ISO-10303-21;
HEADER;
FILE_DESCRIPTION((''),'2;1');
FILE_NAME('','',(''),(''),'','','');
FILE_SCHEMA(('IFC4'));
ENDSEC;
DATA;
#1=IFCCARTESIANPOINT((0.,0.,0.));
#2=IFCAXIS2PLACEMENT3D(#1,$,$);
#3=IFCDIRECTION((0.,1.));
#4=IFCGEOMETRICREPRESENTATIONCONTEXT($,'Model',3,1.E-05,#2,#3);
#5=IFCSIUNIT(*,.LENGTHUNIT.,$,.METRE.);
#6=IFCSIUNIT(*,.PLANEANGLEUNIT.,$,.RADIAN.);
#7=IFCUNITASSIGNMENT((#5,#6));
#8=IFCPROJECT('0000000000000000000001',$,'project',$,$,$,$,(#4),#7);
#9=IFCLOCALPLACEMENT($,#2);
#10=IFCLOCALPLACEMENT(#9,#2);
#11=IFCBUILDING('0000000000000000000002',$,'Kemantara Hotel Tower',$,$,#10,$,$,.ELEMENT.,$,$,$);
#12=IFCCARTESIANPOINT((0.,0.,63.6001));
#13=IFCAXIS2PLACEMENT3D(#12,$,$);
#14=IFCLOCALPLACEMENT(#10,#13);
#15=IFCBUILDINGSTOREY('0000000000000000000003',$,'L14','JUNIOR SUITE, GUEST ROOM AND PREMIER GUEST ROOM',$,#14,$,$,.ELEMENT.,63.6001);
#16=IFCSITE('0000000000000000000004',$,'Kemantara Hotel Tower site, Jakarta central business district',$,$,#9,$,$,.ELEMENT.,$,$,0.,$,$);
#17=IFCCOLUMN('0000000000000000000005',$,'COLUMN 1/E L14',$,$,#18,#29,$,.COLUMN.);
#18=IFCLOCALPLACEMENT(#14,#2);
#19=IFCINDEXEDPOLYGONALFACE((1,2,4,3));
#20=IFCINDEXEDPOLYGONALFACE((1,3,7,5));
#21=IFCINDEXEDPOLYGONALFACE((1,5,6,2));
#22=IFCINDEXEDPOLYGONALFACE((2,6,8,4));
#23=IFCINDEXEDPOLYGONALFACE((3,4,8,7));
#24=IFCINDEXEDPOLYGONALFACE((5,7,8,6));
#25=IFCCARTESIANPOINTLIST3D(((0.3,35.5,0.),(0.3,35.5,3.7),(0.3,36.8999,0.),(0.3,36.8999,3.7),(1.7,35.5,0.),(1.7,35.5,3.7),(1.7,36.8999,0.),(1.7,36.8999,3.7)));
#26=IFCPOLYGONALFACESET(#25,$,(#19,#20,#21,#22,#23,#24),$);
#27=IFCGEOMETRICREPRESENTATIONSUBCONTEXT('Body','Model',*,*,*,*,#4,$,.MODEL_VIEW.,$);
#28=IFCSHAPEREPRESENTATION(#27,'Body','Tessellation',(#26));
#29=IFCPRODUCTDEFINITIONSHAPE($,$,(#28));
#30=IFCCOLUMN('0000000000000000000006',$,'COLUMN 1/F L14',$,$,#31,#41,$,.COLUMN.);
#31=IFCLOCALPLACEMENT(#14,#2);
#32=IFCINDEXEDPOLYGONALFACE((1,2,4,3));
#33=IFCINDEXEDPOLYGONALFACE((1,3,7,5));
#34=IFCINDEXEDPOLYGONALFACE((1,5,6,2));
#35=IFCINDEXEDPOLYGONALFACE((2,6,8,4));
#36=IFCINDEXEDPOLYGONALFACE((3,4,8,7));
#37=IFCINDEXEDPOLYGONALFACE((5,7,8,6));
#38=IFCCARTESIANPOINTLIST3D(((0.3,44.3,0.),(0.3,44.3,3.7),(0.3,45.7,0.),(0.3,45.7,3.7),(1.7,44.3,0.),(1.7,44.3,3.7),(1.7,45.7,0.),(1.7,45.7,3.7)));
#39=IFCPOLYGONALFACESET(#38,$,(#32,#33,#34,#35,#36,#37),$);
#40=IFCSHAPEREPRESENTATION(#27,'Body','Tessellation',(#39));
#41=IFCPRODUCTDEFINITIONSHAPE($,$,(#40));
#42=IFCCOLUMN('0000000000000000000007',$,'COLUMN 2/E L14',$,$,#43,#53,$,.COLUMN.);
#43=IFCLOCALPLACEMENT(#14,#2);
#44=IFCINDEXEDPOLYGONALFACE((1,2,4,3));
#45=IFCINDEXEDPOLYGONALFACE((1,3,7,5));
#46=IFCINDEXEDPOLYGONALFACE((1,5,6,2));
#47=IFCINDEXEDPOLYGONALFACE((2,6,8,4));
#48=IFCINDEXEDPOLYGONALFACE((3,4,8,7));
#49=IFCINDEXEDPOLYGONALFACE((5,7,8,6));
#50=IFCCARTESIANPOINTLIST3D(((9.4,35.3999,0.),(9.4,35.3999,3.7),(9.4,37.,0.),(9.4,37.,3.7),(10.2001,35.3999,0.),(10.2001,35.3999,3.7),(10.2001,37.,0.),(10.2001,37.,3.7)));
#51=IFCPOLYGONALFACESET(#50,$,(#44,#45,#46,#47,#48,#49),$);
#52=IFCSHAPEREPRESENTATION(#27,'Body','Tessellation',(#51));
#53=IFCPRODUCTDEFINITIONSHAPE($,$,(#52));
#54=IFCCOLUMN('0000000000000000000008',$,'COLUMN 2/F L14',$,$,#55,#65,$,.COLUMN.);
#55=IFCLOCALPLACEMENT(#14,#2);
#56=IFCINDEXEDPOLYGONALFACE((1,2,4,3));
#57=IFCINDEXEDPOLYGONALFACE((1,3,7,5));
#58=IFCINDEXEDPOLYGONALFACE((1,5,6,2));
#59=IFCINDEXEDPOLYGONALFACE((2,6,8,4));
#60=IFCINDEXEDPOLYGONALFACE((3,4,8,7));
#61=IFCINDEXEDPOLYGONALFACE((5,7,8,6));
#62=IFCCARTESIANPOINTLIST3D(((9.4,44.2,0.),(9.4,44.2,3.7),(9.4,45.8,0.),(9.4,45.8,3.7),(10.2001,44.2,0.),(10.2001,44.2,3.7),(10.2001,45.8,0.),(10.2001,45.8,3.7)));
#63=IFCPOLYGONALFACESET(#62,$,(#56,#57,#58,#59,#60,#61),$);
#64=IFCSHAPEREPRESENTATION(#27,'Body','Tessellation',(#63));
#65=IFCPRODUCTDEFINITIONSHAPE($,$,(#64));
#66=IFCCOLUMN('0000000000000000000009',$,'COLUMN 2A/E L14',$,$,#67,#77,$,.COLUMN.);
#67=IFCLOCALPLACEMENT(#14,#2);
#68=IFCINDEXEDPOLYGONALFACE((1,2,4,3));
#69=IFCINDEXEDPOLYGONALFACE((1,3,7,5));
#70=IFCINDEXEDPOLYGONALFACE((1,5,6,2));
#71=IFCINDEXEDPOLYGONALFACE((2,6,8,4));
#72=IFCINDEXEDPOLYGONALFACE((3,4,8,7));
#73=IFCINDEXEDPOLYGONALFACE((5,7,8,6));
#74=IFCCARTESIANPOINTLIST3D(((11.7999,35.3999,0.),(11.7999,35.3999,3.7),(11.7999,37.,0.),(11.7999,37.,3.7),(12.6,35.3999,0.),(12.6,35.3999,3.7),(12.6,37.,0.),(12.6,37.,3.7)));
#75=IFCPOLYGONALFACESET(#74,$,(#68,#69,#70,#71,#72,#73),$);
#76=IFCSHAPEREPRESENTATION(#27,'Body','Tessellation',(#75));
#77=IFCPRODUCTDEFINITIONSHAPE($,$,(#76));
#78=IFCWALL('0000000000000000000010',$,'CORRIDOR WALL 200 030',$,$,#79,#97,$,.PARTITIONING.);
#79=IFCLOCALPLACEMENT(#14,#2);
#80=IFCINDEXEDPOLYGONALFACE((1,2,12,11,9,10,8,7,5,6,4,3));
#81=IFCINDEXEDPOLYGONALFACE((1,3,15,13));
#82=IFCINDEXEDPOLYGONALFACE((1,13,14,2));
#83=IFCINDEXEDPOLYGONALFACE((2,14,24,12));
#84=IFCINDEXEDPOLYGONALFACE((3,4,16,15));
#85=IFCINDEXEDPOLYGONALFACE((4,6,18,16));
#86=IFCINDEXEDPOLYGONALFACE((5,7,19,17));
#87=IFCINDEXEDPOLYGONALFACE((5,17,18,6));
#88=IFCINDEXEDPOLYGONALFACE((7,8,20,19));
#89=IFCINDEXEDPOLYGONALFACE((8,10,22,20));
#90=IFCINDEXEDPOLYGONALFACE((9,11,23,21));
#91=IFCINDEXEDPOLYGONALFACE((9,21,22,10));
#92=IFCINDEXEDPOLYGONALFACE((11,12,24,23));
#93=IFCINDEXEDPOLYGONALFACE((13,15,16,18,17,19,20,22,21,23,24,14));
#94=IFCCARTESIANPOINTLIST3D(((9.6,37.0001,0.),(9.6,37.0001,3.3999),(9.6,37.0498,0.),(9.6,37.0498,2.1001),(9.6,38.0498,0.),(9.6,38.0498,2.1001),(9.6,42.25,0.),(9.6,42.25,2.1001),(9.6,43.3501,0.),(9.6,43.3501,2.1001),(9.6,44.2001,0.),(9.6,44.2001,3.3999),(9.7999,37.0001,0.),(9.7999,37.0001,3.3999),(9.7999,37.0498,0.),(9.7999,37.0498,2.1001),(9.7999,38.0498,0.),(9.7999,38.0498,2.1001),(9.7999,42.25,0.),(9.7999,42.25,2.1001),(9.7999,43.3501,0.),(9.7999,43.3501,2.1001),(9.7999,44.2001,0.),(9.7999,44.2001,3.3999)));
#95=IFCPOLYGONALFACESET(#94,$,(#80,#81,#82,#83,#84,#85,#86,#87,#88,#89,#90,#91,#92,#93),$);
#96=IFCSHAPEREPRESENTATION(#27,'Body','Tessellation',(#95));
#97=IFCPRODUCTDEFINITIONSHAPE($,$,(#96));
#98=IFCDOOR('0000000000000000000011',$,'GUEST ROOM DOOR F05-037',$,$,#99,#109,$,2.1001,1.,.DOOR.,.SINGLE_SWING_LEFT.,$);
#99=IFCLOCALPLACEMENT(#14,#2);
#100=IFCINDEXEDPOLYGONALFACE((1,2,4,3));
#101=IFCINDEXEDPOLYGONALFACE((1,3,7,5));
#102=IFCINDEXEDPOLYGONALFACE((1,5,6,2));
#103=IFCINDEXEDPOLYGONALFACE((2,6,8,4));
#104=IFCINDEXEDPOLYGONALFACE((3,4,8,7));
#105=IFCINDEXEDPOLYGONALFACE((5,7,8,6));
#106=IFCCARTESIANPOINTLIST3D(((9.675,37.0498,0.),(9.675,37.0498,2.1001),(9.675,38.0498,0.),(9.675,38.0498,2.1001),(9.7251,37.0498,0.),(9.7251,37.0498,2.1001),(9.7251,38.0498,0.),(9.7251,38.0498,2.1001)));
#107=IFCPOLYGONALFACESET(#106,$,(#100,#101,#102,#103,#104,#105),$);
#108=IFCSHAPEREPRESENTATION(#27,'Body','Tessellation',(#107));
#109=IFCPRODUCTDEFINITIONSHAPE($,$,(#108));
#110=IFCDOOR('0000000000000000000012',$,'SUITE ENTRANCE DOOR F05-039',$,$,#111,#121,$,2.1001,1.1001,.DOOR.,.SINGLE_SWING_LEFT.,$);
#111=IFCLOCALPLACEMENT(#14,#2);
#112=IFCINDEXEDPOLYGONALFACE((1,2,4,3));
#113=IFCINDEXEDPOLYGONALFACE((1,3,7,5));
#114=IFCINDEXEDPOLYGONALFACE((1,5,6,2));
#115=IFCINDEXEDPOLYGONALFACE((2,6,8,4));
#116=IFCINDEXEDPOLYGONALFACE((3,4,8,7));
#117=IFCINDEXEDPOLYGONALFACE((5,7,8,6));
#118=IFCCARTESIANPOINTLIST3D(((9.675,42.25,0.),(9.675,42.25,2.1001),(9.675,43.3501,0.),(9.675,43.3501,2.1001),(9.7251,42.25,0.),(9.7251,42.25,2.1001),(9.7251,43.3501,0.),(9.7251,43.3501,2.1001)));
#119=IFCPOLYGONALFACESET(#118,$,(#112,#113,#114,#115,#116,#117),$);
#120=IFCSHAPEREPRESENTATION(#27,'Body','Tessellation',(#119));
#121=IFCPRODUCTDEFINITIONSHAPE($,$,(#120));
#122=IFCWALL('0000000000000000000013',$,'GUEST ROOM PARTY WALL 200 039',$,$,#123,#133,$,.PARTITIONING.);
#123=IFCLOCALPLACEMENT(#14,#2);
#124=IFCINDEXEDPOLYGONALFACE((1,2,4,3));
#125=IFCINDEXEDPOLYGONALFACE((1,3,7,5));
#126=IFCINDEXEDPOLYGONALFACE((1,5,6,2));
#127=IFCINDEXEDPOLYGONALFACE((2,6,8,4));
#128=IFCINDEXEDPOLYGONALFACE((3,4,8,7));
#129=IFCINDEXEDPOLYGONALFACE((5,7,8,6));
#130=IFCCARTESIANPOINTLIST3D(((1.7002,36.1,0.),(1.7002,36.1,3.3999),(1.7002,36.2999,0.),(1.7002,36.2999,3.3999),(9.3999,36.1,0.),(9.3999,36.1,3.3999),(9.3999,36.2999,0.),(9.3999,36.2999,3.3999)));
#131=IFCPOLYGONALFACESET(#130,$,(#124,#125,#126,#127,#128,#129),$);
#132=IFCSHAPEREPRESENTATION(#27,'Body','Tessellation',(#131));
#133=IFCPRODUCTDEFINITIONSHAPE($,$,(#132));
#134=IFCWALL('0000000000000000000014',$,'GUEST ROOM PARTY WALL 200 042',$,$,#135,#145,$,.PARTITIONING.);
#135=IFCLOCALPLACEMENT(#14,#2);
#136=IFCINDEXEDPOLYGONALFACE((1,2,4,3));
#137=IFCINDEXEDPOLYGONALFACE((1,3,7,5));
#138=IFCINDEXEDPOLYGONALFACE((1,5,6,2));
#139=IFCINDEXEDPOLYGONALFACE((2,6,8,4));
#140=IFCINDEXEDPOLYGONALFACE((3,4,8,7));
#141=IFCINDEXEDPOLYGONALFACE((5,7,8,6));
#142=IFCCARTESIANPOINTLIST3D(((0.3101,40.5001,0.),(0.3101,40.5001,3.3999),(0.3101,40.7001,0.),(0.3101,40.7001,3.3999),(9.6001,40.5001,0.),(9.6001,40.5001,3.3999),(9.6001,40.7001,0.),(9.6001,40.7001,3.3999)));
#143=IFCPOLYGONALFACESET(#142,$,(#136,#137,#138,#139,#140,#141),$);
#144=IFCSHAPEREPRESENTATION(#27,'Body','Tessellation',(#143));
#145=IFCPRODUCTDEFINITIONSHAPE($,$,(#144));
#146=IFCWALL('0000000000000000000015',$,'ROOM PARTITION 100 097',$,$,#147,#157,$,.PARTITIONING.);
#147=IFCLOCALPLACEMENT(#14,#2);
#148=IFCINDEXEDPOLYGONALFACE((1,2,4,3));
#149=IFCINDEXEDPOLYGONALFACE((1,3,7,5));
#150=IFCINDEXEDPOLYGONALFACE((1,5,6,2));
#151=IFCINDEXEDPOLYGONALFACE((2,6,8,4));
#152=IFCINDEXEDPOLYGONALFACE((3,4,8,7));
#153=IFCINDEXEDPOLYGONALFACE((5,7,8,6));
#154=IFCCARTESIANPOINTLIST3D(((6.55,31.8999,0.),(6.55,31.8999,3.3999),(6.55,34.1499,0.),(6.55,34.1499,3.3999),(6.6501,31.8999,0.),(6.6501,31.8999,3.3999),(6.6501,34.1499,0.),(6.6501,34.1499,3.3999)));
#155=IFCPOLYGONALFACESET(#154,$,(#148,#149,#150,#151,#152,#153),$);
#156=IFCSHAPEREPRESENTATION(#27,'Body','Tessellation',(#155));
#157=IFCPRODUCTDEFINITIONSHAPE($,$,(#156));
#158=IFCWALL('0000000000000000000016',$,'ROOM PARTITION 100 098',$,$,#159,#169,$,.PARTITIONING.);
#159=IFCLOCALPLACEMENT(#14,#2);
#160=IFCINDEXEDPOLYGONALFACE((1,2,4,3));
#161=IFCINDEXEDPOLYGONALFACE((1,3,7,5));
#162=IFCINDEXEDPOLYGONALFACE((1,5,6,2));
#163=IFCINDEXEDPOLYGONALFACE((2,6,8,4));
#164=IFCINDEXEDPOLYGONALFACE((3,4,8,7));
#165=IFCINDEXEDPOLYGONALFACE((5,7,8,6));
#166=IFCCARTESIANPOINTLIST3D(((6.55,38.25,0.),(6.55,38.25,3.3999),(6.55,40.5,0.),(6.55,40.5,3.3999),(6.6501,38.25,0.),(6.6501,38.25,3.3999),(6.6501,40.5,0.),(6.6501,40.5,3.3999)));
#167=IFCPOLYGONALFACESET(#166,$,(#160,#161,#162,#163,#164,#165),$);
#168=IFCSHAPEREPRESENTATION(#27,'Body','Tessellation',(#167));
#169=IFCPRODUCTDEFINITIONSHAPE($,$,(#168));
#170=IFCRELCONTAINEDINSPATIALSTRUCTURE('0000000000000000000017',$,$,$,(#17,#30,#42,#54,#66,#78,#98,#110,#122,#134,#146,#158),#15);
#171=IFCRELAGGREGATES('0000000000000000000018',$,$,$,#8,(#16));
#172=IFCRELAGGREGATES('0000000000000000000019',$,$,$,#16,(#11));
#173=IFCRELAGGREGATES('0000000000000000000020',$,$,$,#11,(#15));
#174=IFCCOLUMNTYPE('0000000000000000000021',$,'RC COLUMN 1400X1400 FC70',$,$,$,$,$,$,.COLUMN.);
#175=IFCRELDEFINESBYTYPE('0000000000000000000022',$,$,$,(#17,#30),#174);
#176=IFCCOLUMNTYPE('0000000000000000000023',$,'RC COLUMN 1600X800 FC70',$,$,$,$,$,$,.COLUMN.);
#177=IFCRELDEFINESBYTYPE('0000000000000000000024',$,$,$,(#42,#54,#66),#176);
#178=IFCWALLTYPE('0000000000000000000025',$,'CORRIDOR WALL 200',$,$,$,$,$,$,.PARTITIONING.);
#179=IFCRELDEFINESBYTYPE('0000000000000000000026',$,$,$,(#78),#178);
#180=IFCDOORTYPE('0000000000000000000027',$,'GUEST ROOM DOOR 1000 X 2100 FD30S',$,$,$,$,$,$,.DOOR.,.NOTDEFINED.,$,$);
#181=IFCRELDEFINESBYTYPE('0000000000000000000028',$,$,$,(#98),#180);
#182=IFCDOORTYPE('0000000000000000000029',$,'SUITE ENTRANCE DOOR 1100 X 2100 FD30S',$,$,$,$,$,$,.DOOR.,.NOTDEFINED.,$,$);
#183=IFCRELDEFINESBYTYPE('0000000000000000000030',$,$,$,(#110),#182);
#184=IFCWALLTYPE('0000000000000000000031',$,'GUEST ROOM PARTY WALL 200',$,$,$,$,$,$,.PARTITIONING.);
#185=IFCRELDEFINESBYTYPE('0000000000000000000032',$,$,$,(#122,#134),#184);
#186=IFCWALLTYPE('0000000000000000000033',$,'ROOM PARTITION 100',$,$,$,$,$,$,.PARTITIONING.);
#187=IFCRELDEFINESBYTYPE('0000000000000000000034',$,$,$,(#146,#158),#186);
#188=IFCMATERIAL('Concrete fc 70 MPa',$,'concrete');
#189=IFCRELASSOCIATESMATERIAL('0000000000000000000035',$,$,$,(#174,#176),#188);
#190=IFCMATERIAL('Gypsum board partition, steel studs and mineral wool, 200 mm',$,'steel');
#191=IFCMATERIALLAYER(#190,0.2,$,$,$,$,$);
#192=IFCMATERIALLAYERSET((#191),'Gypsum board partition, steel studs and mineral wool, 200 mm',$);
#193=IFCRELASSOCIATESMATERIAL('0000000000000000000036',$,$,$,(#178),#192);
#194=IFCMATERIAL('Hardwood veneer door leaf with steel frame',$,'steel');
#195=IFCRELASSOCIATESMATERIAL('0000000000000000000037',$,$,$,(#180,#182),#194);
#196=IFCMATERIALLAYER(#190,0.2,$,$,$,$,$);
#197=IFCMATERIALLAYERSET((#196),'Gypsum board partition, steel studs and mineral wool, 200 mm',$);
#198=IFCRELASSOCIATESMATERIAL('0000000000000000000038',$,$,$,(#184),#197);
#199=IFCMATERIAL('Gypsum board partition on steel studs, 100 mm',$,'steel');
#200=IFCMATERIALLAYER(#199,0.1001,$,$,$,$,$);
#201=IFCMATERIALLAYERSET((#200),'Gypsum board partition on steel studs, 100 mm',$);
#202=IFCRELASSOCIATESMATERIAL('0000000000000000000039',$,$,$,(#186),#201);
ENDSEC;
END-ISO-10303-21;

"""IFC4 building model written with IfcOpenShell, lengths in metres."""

from ifc_helpers import new_model, si_unit, direction, frame, frame_2d, origin, origin_2d, place, context, subcontext, project, spatial, rectangle, extrude, material, layer, layer_set, material_profile, profile_set, type_object, element, fill, save


model = new_model("IFC4")

# Units and contexts
model_context = context("Model", 3, precision=1e-05, world=origin(), true_north=direction((0.0, 1.0)))
body_context = subcontext(model_context, "Body", "Model", "MODEL_VIEW")
ifc_project = project(units=[si_unit("LENGTHUNIT", "METRE"), si_unit("PLANEANGLEUNIT", "RADIAN")], contexts=[model_context])

# Site, building, storey
site_placement = place(None, origin())
site = spatial("IfcSite", under=ifc_project, at=site_placement, Name="Kemantara Hotel Tower site, Jakarta central business district", CompositionType="ELEMENT", RefElevation=0.0)
building_placement = place(site_placement, origin())
building = spatial("IfcBuilding", under=site, at=building_placement, Name="Kemantara Hotel Tower", CompositionType="ELEMENT")
storey_placement = place(building_placement, frame((0.0, 0.0, 63.6001)))
storey = spatial("IfcBuildingStorey", under=building, at=storey_placement, Name="L14", Description="JUNIOR SUITE, GUEST ROOM AND PREMIER GUEST ROOM", CompositionType="ELEMENT", Elevation=63.6001)

# Columns
ifc_material_1 = material(Name="Concrete fc 70 MPa", Category="concrete")
ifc_material_profile_1 = material_profile(ifc_material_1, rectangle(XDim=1.3999, YDim=1.3999, at=origin_2d()), Name="RC 1400X1400")
ifc_profile_set_1 = profile_set([ifc_material_profile_1], Name="Concrete fc 70 MPa")
column_type_1 = type_object("IfcColumnType", Name="RC COLUMN 1400X1400 FC70", PredefinedType="COLUMN", material=ifc_profile_set_1)
for number, where, z_axis, x_axis, name in (
    (1, (1.0, 36.2, 0.0), (0.0, 0.0, 1.0), (1.0, 0.0, 0.0), "COLUMN 1/E L14"),
    (2, (1.0, 45.0, 0.0), (0.0, 0.0, 1.0), (1.0, 0.0, 0.0), "COLUMN 1/F L14"),
):
    element("IfcColumn", number, at=place(storey_placement, frame(where, z_axis=z_axis, x_axis=x_axis)), inside=storey, type_object=column_type_1, Name=name, PredefinedType="COLUMN", context=body_context, shape_type="SweptSolid", body=[
        extrude(rectangle(XDim=1.3999, YDim=1.3999, at=origin_2d()), origin(), (0.0, 0.0, 1.0), 3.7),
    ])
ifc_material_profile_2 = material_profile(ifc_material_1, rectangle(XDim=1.6001, YDim=0.8, at=origin_2d()), Name="RC 1600X800")
ifc_profile_set_2 = profile_set([ifc_material_profile_2], Name="Concrete fc 70 MPa")
column_type_2 = type_object("IfcColumnType", Name="RC COLUMN 1600X800 FC70", PredefinedType="COLUMN", material=ifc_profile_set_2)
for number, where, z_axis, x_axis, name in (
    (3, (9.8, 36.2, 0.0), (0.0, 0.0, 1.0), (0.0, 1.0, 0.0), "COLUMN 2/E L14"),
    (4, (9.8, 45.0, 0.0), (0.0, 0.0, 1.0), (0.0, 1.0, 0.0), "COLUMN 2/F L14"),
    (5, (12.2, 36.2, 0.0), (0.0, 0.0, 1.0), (0.0, 1.0, 0.0), "COLUMN 2A/E L14"),
):
    element("IfcColumn", number, at=place(storey_placement, frame(where, z_axis=z_axis, x_axis=x_axis)), inside=storey, type_object=column_type_2, Name=name, PredefinedType="COLUMN", context=body_context, shape_type="SweptSolid", body=[
        extrude(rectangle(XDim=1.6001, YDim=0.8, at=origin_2d()), origin(), (0.0, 0.0, 1.0), 3.7),
    ])

# Wall, openings, doors
ifc_material_2 = material(Name="Gypsum board partition, steel studs and mineral wool, 200 mm", Category="steel")
ifc_layer_1 = layer(ifc_material_2, 0.2)
ifc_layer_set_1 = layer_set([ifc_layer_1], Name="Gypsum board partition, steel studs and mineral wool, 200 mm")
wall_type_1 = type_object("IfcWallType", Name="CORRIDOR WALL 200", PredefinedType="PARTITIONING", material=ifc_layer_set_1)
wall_1_placement = place(storey_placement, frame((9.7, 37.0, 0.0), z_axis=(0.0, 0.0, 1.0), x_axis=(0.0, 1.0, 0.0)))
wall_1 = element("IfcWall", 6, at=wall_1_placement, inside=storey, type_object=wall_type_1, Name="CORRIDOR WALL 200 030", PredefinedType="PARTITIONING", context=body_context, shape_type="SweptSolid", body=[
    extrude(rectangle(XDim=7.2, YDim=0.2, at=frame_2d((3.6001, 0.0))), origin(), (0.0, 0.0, 1.0), 3.3999),
])
opening_1_placement = place(wall_1_placement, frame((0.0498, 0.0, 0.0)))
opening_1 = element("IfcOpeningElement", 7, at=opening_1_placement, cuts=wall_1, PredefinedType="OPENING", context=body_context, shape_type="SweptSolid", body=[
    extrude(rectangle(XDim=1.0, YDim=2.1001, at=frame_2d((0.5, 1.05))), frame((0.0, 0.1099, 0.0), z_axis=(0.0, -1.0, 0.0), x_axis=(1.0, 0.0, 0.0)), (0.0, 0.0, 1.0), 0.22),
])
opening_2_placement = place(wall_1_placement, frame((5.25, 0.0, 0.0)))
opening_2 = element("IfcOpeningElement", 8, at=opening_2_placement, cuts=wall_1, PredefinedType="OPENING", context=body_context, shape_type="SweptSolid", body=[
    extrude(rectangle(XDim=1.1001, YDim=2.1001, at=frame_2d((0.55, 1.05))), frame((0.0, 0.1099, 0.0), z_axis=(0.0, -1.0, 0.0), x_axis=(1.0, 0.0, 0.0)), (0.0, 0.0, 1.0), 0.22),
])
ifc_material_3 = material(Name="Hardwood veneer door leaf with steel frame", Category="steel")
door_type_1 = type_object("IfcDoorType", Name="GUEST ROOM DOOR 1000 X 2100 FD30S", OperationType="NOTDEFINED", PredefinedType="DOOR", material=ifc_material_3)
door_1_placement = place(opening_1_placement, origin())
door_1 = element("IfcDoor", 9, at=door_1_placement, inside=storey, type_object=door_type_1, Name="GUEST ROOM DOOR F05-037", OperationType="SINGLE_SWING_LEFT", OverallHeight=2.1001, OverallWidth=1.0, PredefinedType="DOOR", context=body_context, shape_type="SweptSolid", body=[
    extrude(rectangle(XDim=1.0, YDim=2.1001, at=frame_2d((0.5, 1.05))), frame((0.0, 0.0249, 0.0), z_axis=(0.0, -1.0, 0.0), x_axis=(1.0, 0.0, 0.0)), (0.0, 0.0, 1.0), 0.05),
])
fill(opening_1, door_1)
door_type_2 = type_object("IfcDoorType", Name="SUITE ENTRANCE DOOR 1100 X 2100 FD30S", OperationType="NOTDEFINED", PredefinedType="DOOR", material=ifc_material_3)
door_2_placement = place(opening_2_placement, origin())
door_2 = element("IfcDoor", 10, at=door_2_placement, inside=storey, type_object=door_type_2, Name="SUITE ENTRANCE DOOR F05-039", OperationType="SINGLE_SWING_LEFT", OverallHeight=2.1001, OverallWidth=1.1001, PredefinedType="DOOR", context=body_context, shape_type="SweptSolid", body=[
    extrude(rectangle(XDim=1.1001, YDim=2.1001, at=frame_2d((0.55, 1.05))), frame((0.0, 0.0249, 0.0), z_axis=(0.0, -1.0, 0.0), x_axis=(1.0, 0.0, 0.0)), (0.0, 0.0, 1.0), 0.05),
])
fill(opening_2, door_2)

# Walls
ifc_layer_2 = layer(ifc_material_2, 0.2)
ifc_layer_set_2 = layer_set([ifc_layer_2], Name="Gypsum board partition, steel studs and mineral wool, 200 mm")
wall_type_2 = type_object("IfcWallType", Name="GUEST ROOM PARTY WALL 200", PredefinedType="PARTITIONING", material=ifc_layer_set_2)
wall_2_placement = place(storey_placement, frame((1.7002, 36.2, 0.0), z_axis=(0.0, 0.0, 1.0), x_axis=(1.0, 0.0, 0.0)))
element("IfcWall", 11, at=wall_2_placement, inside=storey, type_object=wall_type_2, Name="GUEST ROOM PARTY WALL 200 039", PredefinedType="PARTITIONING", context=body_context, shape_type="SweptSolid", body=[
    extrude(rectangle(XDim=7.6997, YDim=0.2, at=frame_2d((3.8499, 0.0))), origin(), (0.0, 0.0, 1.0), 3.3999),
])
wall_3_placement = place(storey_placement, frame((0.3101, 40.6001, 0.0), z_axis=(0.0, 0.0, 1.0), x_axis=(1.0, 0.0, 0.0)))
element("IfcWall", 12, at=wall_3_placement, inside=storey, type_object=wall_type_2, Name="GUEST ROOM PARTY WALL 200 042", PredefinedType="PARTITIONING", context=body_context, shape_type="SweptSolid", body=[
    extrude(rectangle(XDim=9.29, YDim=0.2, at=frame_2d((4.645, 0.0))), origin(), (0.0, 0.0, 1.0), 3.3999),
])
ifc_material_4 = material(Name="Gypsum board partition on steel studs, 100 mm", Category="steel")
ifc_layer_3 = layer(ifc_material_4, 0.1001)
ifc_layer_set_3 = layer_set([ifc_layer_3], Name="Gypsum board partition on steel studs, 100 mm")
wall_type_3 = type_object("IfcWallType", Name="ROOM PARTITION 100", PredefinedType="PARTITIONING", material=ifc_layer_set_3)
for number, where, z_axis, x_axis, name in (
    (13, (6.6001, 31.8999, 0.0), (0.0, 0.0, 1.0), (0.0, 1.0, 0.0), "ROOM PARTITION 100 097"),
    (14, (6.6001, 38.25, 0.0), (0.0, 0.0, 1.0), (0.0, 1.0, 0.0), "ROOM PARTITION 100 098"),
):
    element("IfcWall", number, at=place(storey_placement, frame(where, z_axis=z_axis, x_axis=x_axis)), inside=storey, type_object=wall_type_3, Name=name, PredefinedType="PARTITIONING", context=body_context, shape_type="SweptSolid", body=[
        extrude(rectangle(XDim=2.25, YDim=0.1001, at=frame_2d((1.125, 0.0))), origin(), (0.0, 0.0, 1.0), 3.3999),
    ])

save(model, "model.ifc")
